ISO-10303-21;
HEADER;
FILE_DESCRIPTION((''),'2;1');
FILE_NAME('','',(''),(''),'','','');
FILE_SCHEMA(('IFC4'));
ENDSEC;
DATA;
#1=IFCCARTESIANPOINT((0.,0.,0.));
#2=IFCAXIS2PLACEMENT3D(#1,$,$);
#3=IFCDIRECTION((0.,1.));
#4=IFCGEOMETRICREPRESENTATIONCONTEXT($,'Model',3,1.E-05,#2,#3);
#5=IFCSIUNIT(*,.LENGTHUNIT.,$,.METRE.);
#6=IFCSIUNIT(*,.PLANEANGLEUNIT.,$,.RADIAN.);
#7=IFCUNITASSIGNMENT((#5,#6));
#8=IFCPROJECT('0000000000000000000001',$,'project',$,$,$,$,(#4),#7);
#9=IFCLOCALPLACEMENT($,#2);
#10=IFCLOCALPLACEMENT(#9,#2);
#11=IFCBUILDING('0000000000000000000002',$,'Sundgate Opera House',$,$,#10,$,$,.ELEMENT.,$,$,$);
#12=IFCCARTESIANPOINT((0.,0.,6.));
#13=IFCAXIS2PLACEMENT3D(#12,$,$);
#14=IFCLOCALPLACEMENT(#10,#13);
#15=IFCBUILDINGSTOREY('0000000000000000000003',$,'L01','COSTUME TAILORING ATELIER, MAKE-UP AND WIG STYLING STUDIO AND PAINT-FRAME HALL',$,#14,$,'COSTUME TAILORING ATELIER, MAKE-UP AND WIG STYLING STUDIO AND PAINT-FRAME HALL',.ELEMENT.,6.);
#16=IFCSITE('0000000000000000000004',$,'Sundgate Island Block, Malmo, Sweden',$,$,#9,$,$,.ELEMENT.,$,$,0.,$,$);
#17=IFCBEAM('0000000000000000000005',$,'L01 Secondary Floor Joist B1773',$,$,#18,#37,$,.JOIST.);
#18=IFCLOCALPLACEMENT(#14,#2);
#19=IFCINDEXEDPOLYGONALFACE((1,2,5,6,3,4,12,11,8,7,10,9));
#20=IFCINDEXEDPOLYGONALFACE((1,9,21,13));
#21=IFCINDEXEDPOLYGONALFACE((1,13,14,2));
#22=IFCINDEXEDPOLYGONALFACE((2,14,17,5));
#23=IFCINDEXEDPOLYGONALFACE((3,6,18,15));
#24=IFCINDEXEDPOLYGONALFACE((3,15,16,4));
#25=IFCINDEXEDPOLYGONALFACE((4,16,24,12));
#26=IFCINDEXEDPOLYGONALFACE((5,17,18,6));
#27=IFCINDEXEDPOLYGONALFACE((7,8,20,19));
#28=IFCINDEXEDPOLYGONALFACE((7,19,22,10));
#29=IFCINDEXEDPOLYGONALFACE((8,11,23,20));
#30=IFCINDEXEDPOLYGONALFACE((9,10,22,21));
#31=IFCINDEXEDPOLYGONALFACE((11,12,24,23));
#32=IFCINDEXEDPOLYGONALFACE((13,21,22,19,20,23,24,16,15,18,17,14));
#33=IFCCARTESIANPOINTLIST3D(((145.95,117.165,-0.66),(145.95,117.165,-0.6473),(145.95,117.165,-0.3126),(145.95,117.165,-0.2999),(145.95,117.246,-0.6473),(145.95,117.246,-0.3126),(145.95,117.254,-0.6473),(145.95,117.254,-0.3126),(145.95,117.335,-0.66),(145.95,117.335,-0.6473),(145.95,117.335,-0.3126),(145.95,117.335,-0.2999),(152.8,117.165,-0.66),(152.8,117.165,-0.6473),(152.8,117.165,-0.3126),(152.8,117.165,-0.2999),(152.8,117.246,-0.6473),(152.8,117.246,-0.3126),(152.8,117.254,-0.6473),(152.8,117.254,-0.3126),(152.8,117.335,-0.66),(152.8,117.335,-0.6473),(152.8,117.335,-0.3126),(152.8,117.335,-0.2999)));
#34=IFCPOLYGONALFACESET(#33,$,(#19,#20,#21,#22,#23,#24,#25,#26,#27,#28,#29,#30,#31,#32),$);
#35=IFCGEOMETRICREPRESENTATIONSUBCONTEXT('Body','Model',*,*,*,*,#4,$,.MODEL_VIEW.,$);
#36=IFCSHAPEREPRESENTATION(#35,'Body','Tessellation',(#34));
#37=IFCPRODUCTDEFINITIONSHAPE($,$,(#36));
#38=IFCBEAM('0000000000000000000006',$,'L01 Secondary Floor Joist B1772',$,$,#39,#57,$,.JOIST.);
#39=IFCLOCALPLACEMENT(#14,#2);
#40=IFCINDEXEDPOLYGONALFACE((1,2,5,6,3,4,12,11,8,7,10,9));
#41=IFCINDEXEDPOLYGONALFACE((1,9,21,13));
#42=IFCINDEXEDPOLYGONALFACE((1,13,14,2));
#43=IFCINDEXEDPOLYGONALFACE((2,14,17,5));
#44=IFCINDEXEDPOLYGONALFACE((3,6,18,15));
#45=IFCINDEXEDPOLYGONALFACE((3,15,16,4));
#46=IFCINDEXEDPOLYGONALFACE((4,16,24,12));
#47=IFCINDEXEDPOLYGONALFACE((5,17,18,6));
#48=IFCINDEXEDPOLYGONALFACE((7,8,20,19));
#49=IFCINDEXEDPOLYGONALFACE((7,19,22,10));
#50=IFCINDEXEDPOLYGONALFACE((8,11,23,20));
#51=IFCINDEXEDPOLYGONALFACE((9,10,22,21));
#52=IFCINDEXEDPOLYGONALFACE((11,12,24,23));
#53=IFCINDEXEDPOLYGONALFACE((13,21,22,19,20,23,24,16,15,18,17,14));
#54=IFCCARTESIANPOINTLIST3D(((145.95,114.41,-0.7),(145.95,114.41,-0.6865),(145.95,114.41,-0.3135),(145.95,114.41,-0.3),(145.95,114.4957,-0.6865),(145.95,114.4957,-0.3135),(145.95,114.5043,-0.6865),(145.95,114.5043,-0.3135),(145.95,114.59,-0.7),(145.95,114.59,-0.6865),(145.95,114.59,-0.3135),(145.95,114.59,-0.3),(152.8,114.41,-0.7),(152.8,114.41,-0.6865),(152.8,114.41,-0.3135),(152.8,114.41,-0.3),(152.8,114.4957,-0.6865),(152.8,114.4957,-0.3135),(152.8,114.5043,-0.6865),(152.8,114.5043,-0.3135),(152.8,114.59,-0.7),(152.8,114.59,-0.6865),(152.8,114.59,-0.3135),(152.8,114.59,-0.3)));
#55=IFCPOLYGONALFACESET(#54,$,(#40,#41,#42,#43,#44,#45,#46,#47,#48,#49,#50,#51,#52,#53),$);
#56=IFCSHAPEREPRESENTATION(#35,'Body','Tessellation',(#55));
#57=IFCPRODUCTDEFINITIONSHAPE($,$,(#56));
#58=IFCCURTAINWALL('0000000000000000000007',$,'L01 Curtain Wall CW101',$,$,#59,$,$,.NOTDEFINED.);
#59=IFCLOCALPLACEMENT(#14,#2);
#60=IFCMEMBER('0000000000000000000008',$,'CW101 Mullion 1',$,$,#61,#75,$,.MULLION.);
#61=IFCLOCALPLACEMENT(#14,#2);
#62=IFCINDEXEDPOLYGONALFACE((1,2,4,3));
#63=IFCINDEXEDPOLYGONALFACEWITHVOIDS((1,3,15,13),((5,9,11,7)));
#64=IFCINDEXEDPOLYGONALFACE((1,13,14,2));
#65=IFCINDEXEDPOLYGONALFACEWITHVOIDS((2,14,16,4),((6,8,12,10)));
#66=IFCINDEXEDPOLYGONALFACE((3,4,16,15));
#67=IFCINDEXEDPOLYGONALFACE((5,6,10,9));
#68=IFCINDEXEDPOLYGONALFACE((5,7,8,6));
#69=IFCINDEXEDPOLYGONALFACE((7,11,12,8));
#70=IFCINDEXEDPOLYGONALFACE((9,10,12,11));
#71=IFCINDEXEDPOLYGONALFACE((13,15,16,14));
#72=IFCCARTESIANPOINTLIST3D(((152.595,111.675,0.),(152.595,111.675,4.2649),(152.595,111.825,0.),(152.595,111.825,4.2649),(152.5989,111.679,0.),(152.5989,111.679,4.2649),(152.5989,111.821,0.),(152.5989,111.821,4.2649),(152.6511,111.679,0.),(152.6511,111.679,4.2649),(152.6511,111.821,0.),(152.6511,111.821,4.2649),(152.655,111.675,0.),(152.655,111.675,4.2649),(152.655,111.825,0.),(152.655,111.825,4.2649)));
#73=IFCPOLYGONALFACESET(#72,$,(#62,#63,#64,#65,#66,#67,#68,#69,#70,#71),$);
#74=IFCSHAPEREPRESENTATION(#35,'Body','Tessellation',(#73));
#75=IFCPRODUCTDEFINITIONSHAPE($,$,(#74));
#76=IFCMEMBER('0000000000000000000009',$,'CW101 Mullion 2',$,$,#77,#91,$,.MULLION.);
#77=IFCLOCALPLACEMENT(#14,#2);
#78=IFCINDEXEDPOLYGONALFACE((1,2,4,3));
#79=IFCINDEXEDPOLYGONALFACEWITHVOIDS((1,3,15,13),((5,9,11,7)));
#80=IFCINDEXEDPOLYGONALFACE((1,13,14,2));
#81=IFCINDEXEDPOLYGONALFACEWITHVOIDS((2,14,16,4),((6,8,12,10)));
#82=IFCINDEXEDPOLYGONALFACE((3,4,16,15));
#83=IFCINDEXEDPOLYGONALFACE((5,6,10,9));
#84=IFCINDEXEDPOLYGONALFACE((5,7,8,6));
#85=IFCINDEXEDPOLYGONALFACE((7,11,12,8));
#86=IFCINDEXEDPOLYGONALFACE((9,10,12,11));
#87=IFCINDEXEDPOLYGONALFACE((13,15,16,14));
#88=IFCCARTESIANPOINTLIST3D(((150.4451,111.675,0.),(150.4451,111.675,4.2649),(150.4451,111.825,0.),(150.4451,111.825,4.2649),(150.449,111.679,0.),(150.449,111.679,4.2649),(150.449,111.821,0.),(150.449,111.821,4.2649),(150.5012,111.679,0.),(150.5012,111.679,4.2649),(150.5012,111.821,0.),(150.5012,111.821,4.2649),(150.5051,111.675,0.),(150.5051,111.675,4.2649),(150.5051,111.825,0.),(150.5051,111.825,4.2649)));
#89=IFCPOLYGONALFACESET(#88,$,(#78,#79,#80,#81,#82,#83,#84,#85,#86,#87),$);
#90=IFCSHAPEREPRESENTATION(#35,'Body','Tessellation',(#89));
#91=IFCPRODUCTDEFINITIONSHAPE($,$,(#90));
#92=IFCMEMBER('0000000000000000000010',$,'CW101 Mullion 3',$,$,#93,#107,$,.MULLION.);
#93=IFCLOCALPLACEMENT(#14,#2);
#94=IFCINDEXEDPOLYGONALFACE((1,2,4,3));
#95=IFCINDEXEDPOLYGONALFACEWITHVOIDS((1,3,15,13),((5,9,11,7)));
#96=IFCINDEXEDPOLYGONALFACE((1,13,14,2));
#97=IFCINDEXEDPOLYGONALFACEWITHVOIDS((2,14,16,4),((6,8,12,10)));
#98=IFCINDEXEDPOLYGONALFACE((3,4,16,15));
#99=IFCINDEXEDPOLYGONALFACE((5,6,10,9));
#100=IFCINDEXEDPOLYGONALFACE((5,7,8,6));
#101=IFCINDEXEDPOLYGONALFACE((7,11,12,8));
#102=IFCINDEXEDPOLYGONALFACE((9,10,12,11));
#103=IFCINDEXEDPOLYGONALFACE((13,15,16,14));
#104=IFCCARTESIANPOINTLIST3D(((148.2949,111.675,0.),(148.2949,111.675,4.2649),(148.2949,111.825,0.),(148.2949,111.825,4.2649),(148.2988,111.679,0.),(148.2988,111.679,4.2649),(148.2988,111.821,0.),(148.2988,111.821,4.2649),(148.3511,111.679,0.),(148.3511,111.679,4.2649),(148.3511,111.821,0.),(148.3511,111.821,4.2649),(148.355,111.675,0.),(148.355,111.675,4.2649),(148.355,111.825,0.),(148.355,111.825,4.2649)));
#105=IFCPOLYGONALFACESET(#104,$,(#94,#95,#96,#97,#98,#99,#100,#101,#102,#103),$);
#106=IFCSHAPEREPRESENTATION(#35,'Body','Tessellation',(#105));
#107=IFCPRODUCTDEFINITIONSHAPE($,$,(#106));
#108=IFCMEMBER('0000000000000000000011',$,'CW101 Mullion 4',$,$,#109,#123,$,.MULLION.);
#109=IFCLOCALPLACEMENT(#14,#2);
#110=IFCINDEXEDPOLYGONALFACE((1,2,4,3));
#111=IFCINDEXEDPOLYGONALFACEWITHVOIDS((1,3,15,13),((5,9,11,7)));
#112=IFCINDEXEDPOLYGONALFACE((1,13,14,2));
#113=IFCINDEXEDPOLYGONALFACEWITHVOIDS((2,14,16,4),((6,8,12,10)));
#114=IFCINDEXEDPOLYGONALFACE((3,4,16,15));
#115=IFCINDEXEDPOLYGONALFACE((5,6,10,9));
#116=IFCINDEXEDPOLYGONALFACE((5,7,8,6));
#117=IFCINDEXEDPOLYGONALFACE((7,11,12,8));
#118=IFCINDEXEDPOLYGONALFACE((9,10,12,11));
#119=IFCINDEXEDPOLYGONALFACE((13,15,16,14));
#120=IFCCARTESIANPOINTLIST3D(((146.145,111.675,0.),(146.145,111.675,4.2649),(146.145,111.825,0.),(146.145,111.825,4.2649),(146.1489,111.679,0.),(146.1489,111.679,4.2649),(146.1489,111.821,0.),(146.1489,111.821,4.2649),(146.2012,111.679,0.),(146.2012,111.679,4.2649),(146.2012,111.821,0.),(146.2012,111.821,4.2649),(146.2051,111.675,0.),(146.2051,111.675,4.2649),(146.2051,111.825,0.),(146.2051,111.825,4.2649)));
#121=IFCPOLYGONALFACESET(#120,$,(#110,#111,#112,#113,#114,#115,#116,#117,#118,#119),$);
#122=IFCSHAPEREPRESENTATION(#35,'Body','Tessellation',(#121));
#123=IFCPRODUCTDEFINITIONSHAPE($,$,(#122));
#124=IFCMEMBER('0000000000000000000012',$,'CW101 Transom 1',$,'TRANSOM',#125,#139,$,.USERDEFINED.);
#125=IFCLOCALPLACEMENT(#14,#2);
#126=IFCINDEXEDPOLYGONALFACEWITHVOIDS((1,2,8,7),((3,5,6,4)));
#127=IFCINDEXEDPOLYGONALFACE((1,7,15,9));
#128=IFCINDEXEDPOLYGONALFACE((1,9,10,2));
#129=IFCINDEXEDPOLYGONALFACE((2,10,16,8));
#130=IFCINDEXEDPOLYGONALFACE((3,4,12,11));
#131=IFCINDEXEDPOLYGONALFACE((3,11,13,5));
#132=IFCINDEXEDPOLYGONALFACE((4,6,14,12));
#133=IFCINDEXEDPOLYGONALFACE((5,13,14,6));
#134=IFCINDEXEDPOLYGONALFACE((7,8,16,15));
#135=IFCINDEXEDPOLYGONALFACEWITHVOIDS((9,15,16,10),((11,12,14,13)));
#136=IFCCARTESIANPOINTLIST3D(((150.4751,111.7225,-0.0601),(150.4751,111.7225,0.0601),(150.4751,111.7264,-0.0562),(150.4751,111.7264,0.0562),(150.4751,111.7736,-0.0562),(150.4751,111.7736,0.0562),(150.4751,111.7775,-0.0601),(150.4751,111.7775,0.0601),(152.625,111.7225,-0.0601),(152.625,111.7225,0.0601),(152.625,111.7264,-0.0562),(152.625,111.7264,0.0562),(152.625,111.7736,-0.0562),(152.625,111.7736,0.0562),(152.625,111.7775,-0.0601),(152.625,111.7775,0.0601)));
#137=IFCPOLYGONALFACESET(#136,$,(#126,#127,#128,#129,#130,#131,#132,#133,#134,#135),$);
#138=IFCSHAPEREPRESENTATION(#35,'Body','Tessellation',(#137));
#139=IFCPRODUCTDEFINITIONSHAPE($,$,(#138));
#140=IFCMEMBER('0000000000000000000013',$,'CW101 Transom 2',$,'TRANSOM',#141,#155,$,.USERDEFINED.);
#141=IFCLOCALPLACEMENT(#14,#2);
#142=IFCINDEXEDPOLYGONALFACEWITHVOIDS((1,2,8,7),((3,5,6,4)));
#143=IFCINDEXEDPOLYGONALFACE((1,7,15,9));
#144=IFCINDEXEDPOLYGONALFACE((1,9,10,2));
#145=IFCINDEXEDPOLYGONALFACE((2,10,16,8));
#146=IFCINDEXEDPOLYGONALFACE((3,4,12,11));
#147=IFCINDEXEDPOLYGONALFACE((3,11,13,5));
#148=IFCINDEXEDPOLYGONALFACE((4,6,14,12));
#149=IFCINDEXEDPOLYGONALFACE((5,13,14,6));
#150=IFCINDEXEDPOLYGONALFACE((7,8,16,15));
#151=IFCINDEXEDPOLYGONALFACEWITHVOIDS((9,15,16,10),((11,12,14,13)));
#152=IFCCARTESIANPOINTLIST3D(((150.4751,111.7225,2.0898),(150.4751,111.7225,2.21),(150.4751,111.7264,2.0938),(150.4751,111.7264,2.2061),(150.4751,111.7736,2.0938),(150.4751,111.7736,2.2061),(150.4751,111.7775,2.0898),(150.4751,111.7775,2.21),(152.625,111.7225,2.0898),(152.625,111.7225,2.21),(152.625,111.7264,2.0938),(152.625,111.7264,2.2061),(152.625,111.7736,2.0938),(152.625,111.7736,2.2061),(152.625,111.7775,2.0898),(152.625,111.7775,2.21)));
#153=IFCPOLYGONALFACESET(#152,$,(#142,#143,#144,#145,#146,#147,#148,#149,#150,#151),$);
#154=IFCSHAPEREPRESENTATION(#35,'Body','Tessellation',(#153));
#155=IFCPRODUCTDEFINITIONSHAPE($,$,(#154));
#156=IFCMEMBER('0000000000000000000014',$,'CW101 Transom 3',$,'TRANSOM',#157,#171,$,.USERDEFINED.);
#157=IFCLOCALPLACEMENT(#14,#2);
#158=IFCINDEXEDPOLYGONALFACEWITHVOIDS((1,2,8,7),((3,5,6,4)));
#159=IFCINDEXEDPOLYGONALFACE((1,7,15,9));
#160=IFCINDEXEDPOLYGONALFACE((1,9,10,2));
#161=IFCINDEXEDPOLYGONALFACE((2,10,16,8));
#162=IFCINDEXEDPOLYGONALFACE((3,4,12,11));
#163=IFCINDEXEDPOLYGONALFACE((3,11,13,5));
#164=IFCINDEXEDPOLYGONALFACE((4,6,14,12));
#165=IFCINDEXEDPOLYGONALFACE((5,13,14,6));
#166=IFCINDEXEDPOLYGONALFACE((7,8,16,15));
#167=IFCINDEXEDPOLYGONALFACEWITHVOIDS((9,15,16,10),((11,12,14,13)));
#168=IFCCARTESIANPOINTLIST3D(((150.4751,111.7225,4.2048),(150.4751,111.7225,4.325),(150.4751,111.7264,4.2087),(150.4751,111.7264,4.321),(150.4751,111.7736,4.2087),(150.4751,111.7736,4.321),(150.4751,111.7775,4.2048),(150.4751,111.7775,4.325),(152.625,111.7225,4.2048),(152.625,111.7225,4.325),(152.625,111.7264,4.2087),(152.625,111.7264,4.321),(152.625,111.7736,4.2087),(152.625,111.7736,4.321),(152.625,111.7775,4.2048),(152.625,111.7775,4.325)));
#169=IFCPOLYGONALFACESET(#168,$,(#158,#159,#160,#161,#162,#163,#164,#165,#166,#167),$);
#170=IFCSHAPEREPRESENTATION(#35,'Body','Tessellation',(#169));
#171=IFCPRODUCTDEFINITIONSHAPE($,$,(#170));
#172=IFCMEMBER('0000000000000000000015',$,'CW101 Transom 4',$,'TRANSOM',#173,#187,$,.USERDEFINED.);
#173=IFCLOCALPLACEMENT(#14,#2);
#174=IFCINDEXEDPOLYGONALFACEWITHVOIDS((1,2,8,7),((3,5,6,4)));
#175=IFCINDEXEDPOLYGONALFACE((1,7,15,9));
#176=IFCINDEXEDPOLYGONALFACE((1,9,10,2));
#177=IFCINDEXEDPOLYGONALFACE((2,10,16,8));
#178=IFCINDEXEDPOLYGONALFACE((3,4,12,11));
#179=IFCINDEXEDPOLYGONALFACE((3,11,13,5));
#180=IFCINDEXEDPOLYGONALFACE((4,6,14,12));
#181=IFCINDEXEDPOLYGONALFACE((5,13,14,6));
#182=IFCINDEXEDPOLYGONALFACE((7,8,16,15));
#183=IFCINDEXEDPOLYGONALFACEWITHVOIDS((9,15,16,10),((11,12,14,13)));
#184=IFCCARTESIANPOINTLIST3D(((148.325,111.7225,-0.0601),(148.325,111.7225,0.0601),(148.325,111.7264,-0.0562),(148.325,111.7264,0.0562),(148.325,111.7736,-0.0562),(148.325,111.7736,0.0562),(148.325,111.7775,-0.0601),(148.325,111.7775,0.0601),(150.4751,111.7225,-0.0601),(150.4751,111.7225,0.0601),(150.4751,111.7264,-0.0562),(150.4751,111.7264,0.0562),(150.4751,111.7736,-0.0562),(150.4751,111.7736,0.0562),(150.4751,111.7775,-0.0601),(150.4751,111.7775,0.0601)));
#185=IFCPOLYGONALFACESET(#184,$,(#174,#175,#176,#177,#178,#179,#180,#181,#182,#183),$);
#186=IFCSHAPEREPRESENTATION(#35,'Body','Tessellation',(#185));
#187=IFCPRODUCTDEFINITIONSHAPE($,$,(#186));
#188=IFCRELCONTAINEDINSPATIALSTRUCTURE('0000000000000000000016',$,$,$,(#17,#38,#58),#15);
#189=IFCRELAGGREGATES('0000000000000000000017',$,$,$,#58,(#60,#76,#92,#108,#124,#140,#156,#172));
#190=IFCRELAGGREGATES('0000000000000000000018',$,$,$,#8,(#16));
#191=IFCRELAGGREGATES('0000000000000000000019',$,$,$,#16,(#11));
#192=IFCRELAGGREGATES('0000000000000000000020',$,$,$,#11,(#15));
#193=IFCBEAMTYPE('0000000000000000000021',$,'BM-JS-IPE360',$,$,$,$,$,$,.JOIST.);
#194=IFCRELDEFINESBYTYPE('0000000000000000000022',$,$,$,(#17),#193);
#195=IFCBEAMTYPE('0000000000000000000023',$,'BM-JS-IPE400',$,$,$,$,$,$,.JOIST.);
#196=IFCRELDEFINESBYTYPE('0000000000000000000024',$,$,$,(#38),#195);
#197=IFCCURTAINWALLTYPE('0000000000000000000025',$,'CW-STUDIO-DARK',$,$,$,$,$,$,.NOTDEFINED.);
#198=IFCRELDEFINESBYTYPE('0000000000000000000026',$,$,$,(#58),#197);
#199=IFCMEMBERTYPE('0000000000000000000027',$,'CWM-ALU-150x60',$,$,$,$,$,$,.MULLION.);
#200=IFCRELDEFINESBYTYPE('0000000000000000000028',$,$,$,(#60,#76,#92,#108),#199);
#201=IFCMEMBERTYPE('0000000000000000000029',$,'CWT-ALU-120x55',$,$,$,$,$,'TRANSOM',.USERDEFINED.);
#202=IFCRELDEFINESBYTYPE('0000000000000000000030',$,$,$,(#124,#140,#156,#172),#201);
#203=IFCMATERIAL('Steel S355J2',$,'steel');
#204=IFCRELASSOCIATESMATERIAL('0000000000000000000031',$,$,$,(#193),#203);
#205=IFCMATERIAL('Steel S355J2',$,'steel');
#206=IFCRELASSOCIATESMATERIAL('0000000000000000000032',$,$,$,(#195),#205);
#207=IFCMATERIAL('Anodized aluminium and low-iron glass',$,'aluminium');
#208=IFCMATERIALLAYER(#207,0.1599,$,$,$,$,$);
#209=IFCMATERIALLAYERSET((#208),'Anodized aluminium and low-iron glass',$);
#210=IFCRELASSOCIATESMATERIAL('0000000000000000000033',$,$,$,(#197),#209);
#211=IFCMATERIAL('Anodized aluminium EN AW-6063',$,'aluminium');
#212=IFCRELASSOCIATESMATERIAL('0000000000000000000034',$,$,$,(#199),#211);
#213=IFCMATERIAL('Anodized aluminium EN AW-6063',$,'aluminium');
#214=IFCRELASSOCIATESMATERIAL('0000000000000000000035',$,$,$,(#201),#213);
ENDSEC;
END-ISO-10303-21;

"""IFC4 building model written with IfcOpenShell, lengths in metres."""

from ifc_helpers import new_model, si_unit, direction, frame, origin, origin_2d, place, context, subcontext, project, spatial, hollow_rectangle, i_section, extrude, material, layer, layer_set, material_profile, profile_set, type_object, element, aggregate, save


model = new_model("IFC4")

# Units and contexts
model_context = context("Model", 3, precision=1e-05, world=origin(), true_north=direction((0.0, 1.0)))
body_context = subcontext(model_context, "Body", "Model", "MODEL_VIEW")
ifc_project = project(units=[si_unit("LENGTHUNIT", "METRE"), si_unit("PLANEANGLEUNIT", "RADIAN")], contexts=[model_context])

# Site, building, storey
site_placement = place(None, origin())
site = spatial("IfcSite", under=ifc_project, at=site_placement, Name="Sundgate Island Block, Malmo, Sweden", CompositionType="ELEMENT", RefElevation=0.0)
building_placement = place(site_placement, origin())
building = spatial("IfcBuilding", under=site, at=building_placement, Name="Sundgate Opera House", CompositionType="ELEMENT")
storey_placement = place(building_placement, frame((0.0, 0.0, 6.0)))
storey = spatial("IfcBuildingStorey", under=building, at=storey_placement, Name="L01", Description="COSTUME TAILORING ATELIER, MAKE-UP AND WIG STYLING STUDIO AND PAINT-FRAME HALL", LongName="COSTUME TAILORING ATELIER, MAKE-UP AND WIG STYLING STUDIO AND PAINT-FRAME HALL", CompositionType="ELEMENT", Elevation=6.0)

# Beams
ifc_material_1 = material(Name="Steel S355J2", Category="steel")
ifc_material_profile_1 = material_profile(ifc_material_1, i_section(OverallWidth=0.1699, OverallDepth=0.3601, WebThickness=0.0081, FlangeThickness=0.0127, at=origin_2d()), Name="IPE 360")
ifc_profile_set_1 = profile_set([ifc_material_profile_1], Name="Steel S355J2")
beam_type_1 = type_object("IfcBeamType", Name="BM-JS-IPE360", PredefinedType="JOIST", material=ifc_profile_set_1)
beam_1_placement = place(storey_placement, frame((145.95, 117.25, -0.48), z_axis=(1.0, 0.0, 0.0), x_axis=(0.0, 1.0, 0.0)))
element("IfcBeam", 1, at=beam_1_placement, inside=storey, type_object=beam_type_1, Name="L01 Secondary Floor Joist B1773", PredefinedType="JOIST", context=body_context, shape_type="SweptSolid", body=[
    extrude(i_section(OverallWidth=0.1699, OverallDepth=0.3601, WebThickness=0.0081, FlangeThickness=0.0127, at=origin_2d()), origin(), (0.0, 0.0, 1.0), 6.8501),
])
ifc_material_2 = material(Name="Steel S355J2", Category="steel")
ifc_material_profile_2 = material_profile(ifc_material_2, i_section(OverallWidth=0.1799, OverallDepth=0.3999, WebThickness=0.0085, FlangeThickness=0.0134, at=origin_2d()), Name="IPE 400")
ifc_profile_set_2 = profile_set([ifc_material_profile_2], Name="Steel S355J2")
beam_type_2 = type_object("IfcBeamType", Name="BM-JS-IPE400", PredefinedType="JOIST", material=ifc_profile_set_2)
beam_2_placement = place(storey_placement, frame((145.95, 114.5, -0.5), z_axis=(1.0, 0.0, 0.0), x_axis=(0.0, 1.0, 0.0)))
element("IfcBeam", 2, at=beam_2_placement, inside=storey, type_object=beam_type_2, Name="L01 Secondary Floor Joist B1772", PredefinedType="JOIST", context=body_context, shape_type="SweptSolid", body=[
    extrude(i_section(OverallWidth=0.1799, OverallDepth=0.3999, WebThickness=0.0085, FlangeThickness=0.0134, at=origin_2d()), origin(), (0.0, 0.0, 1.0), 6.8501),
])

# Curtain wall, members
ifc_material_3 = material(Name="Anodized aluminium and low-iron glass", Category="aluminium")
ifc_layer_1 = layer(ifc_material_3, 0.1599)
ifc_layer_set_1 = layer_set([ifc_layer_1], Name="Anodized aluminium and low-iron glass")
curtain_wall_type = type_object("IfcCurtainWallType", Name="CW-STUDIO-DARK", PredefinedType="NOTDEFINED", material=ifc_layer_set_1)
curtain_wall_placement = place(storey_placement, origin())
curtain_wall = element("IfcCurtainWall", 3, at=curtain_wall_placement, inside=storey, type_object=curtain_wall_type, Name="L01 Curtain Wall CW101", PredefinedType="NOTDEFINED")
ifc_material_4 = material(Name="Anodized aluminium EN AW-6063", Category="aluminium")
ifc_material_profile_3 = material_profile(ifc_material_4, hollow_rectangle(XDim=0.0601, YDim=0.1499, WallThickness=0.0039, at=origin_2d()), Name="CWM 150x60x4")
ifc_profile_set_3 = profile_set([ifc_material_profile_3], Name="Anodized aluminium EN AW-6063")
member_type_1 = type_object("IfcMemberType", Name="CWM-ALU-150x60", PredefinedType="MULLION", material=ifc_profile_set_3)
member_1_placement = place(storey_placement, frame((152.625, 111.75, 0.0), z_axis=(0.0, 0.0, 1.0), x_axis=(1.0, 0.0, 0.0)))
member_1 = element("IfcMember", 4, at=member_1_placement, type_object=member_type_1, Name="CW101 Mullion 1", PredefinedType="MULLION", context=body_context, shape_type="SweptSolid", body=[
    extrude(hollow_rectangle(XDim=0.0601, YDim=0.1499, WallThickness=0.0039, at=origin_2d()), origin(), (0.0, 0.0, 1.0), 4.2649),
])
member_2_placement = place(storey_placement, frame((150.4751, 111.75, 0.0), z_axis=(0.0, 0.0, 1.0), x_axis=(1.0, 0.0, 0.0)))
member_2 = element("IfcMember", 5, at=member_2_placement, type_object=member_type_1, Name="CW101 Mullion 2", PredefinedType="MULLION", context=body_context, shape_type="SweptSolid", body=[
    extrude(hollow_rectangle(XDim=0.0601, YDim=0.1499, WallThickness=0.0039, at=origin_2d()), origin(), (0.0, 0.0, 1.0), 4.2649),
])
member_3_placement = place(storey_placement, frame((148.325, 111.75, 0.0), z_axis=(0.0, 0.0, 1.0), x_axis=(1.0, 0.0, 0.0)))
member_3 = element("IfcMember", 6, at=member_3_placement, type_object=member_type_1, Name="CW101 Mullion 3", PredefinedType="MULLION", context=body_context, shape_type="SweptSolid", body=[
    extrude(hollow_rectangle(XDim=0.0601, YDim=0.1499, WallThickness=0.0039, at=origin_2d()), origin(), (0.0, 0.0, 1.0), 4.2649),
])
member_4_placement = place(storey_placement, frame((146.175, 111.75, 0.0), z_axis=(0.0, 0.0, 1.0), x_axis=(1.0, 0.0, 0.0)))
member_4 = element("IfcMember", 7, at=member_4_placement, type_object=member_type_1, Name="CW101 Mullion 4", PredefinedType="MULLION", context=body_context, shape_type="SweptSolid", body=[
    extrude(hollow_rectangle(XDim=0.0601, YDim=0.1499, WallThickness=0.0039, at=origin_2d()), origin(), (0.0, 0.0, 1.0), 4.2649),
])
ifc_material_5 = material(Name="Anodized aluminium EN AW-6063", Category="aluminium")
ifc_material_profile_4 = material_profile(ifc_material_5, hollow_rectangle(XDim=0.0549, YDim=0.1201, WallThickness=0.0039, at=origin_2d()), Name="CWT 120x55x4")
ifc_profile_set_4 = profile_set([ifc_material_profile_4], Name="Anodized aluminium EN AW-6063")
member_type_2 = type_object("IfcMemberType", Name="CWT-ALU-120x55", ElementType="TRANSOM", PredefinedType="USERDEFINED", material=ifc_profile_set_4)
member_5_placement = place(storey_placement, frame((152.625, 111.75, 0.0), z_axis=(-1.0, 0.0, 0.0), x_axis=(0.0, -1.0, 0.0)))
member_5 = element("IfcMember", 8, at=member_5_placement, type_object=member_type_2, Name="CW101 Transom 1", ObjectType="TRANSOM", PredefinedType="USERDEFINED", context=body_context, shape_type="SweptSolid", body=[
    extrude(hollow_rectangle(XDim=0.0549, YDim=0.1201, WallThickness=0.0039, at=origin_2d()), origin(), (0.0, 0.0, 1.0), 2.1499),
])
member_6_placement = place(storey_placement, frame((152.625, 111.75, 2.1499), z_axis=(-1.0, 0.0, 0.0), x_axis=(0.0, -1.0, 0.0)))
member_6 = element("IfcMember", 9, at=member_6_placement, type_object=member_type_2, Name="CW101 Transom 2", ObjectType="TRANSOM", PredefinedType="USERDEFINED", context=body_context, shape_type="SweptSolid", body=[
    extrude(hollow_rectangle(XDim=0.0549, YDim=0.1201, WallThickness=0.0039, at=origin_2d()), origin(), (0.0, 0.0, 1.0), 2.1499),
])
member_7_placement = place(storey_placement, frame((152.625, 111.75, 4.2649), z_axis=(-1.0, 0.0, 0.0), x_axis=(0.0, -1.0, 0.0)))
member_7 = element("IfcMember", 10, at=member_7_placement, type_object=member_type_2, Name="CW101 Transom 3", ObjectType="TRANSOM", PredefinedType="USERDEFINED", context=body_context, shape_type="SweptSolid", body=[
    extrude(hollow_rectangle(XDim=0.0549, YDim=0.1201, WallThickness=0.0039, at=origin_2d()), origin(), (0.0, 0.0, 1.0), 2.1499),
])
member_8_placement = place(storey_placement, frame((150.4751, 111.75, 0.0), z_axis=(-1.0, 0.0, 0.0), x_axis=(0.0, -1.0, 0.0)))
member_8 = element("IfcMember", 11, at=member_8_placement, type_object=member_type_2, Name="CW101 Transom 4", ObjectType="TRANSOM", PredefinedType="USERDEFINED", context=body_context, shape_type="SweptSolid", body=[
    extrude(hollow_rectangle(XDim=0.0549, YDim=0.1201, WallThickness=0.0039, at=origin_2d()), origin(), (0.0, 0.0, 1.0), 2.1501),
])
aggregate(curtain_wall, [member_1, member_2, member_3, member_4, member_5, member_6, member_7, member_8])

save(model, "model.ifc")
